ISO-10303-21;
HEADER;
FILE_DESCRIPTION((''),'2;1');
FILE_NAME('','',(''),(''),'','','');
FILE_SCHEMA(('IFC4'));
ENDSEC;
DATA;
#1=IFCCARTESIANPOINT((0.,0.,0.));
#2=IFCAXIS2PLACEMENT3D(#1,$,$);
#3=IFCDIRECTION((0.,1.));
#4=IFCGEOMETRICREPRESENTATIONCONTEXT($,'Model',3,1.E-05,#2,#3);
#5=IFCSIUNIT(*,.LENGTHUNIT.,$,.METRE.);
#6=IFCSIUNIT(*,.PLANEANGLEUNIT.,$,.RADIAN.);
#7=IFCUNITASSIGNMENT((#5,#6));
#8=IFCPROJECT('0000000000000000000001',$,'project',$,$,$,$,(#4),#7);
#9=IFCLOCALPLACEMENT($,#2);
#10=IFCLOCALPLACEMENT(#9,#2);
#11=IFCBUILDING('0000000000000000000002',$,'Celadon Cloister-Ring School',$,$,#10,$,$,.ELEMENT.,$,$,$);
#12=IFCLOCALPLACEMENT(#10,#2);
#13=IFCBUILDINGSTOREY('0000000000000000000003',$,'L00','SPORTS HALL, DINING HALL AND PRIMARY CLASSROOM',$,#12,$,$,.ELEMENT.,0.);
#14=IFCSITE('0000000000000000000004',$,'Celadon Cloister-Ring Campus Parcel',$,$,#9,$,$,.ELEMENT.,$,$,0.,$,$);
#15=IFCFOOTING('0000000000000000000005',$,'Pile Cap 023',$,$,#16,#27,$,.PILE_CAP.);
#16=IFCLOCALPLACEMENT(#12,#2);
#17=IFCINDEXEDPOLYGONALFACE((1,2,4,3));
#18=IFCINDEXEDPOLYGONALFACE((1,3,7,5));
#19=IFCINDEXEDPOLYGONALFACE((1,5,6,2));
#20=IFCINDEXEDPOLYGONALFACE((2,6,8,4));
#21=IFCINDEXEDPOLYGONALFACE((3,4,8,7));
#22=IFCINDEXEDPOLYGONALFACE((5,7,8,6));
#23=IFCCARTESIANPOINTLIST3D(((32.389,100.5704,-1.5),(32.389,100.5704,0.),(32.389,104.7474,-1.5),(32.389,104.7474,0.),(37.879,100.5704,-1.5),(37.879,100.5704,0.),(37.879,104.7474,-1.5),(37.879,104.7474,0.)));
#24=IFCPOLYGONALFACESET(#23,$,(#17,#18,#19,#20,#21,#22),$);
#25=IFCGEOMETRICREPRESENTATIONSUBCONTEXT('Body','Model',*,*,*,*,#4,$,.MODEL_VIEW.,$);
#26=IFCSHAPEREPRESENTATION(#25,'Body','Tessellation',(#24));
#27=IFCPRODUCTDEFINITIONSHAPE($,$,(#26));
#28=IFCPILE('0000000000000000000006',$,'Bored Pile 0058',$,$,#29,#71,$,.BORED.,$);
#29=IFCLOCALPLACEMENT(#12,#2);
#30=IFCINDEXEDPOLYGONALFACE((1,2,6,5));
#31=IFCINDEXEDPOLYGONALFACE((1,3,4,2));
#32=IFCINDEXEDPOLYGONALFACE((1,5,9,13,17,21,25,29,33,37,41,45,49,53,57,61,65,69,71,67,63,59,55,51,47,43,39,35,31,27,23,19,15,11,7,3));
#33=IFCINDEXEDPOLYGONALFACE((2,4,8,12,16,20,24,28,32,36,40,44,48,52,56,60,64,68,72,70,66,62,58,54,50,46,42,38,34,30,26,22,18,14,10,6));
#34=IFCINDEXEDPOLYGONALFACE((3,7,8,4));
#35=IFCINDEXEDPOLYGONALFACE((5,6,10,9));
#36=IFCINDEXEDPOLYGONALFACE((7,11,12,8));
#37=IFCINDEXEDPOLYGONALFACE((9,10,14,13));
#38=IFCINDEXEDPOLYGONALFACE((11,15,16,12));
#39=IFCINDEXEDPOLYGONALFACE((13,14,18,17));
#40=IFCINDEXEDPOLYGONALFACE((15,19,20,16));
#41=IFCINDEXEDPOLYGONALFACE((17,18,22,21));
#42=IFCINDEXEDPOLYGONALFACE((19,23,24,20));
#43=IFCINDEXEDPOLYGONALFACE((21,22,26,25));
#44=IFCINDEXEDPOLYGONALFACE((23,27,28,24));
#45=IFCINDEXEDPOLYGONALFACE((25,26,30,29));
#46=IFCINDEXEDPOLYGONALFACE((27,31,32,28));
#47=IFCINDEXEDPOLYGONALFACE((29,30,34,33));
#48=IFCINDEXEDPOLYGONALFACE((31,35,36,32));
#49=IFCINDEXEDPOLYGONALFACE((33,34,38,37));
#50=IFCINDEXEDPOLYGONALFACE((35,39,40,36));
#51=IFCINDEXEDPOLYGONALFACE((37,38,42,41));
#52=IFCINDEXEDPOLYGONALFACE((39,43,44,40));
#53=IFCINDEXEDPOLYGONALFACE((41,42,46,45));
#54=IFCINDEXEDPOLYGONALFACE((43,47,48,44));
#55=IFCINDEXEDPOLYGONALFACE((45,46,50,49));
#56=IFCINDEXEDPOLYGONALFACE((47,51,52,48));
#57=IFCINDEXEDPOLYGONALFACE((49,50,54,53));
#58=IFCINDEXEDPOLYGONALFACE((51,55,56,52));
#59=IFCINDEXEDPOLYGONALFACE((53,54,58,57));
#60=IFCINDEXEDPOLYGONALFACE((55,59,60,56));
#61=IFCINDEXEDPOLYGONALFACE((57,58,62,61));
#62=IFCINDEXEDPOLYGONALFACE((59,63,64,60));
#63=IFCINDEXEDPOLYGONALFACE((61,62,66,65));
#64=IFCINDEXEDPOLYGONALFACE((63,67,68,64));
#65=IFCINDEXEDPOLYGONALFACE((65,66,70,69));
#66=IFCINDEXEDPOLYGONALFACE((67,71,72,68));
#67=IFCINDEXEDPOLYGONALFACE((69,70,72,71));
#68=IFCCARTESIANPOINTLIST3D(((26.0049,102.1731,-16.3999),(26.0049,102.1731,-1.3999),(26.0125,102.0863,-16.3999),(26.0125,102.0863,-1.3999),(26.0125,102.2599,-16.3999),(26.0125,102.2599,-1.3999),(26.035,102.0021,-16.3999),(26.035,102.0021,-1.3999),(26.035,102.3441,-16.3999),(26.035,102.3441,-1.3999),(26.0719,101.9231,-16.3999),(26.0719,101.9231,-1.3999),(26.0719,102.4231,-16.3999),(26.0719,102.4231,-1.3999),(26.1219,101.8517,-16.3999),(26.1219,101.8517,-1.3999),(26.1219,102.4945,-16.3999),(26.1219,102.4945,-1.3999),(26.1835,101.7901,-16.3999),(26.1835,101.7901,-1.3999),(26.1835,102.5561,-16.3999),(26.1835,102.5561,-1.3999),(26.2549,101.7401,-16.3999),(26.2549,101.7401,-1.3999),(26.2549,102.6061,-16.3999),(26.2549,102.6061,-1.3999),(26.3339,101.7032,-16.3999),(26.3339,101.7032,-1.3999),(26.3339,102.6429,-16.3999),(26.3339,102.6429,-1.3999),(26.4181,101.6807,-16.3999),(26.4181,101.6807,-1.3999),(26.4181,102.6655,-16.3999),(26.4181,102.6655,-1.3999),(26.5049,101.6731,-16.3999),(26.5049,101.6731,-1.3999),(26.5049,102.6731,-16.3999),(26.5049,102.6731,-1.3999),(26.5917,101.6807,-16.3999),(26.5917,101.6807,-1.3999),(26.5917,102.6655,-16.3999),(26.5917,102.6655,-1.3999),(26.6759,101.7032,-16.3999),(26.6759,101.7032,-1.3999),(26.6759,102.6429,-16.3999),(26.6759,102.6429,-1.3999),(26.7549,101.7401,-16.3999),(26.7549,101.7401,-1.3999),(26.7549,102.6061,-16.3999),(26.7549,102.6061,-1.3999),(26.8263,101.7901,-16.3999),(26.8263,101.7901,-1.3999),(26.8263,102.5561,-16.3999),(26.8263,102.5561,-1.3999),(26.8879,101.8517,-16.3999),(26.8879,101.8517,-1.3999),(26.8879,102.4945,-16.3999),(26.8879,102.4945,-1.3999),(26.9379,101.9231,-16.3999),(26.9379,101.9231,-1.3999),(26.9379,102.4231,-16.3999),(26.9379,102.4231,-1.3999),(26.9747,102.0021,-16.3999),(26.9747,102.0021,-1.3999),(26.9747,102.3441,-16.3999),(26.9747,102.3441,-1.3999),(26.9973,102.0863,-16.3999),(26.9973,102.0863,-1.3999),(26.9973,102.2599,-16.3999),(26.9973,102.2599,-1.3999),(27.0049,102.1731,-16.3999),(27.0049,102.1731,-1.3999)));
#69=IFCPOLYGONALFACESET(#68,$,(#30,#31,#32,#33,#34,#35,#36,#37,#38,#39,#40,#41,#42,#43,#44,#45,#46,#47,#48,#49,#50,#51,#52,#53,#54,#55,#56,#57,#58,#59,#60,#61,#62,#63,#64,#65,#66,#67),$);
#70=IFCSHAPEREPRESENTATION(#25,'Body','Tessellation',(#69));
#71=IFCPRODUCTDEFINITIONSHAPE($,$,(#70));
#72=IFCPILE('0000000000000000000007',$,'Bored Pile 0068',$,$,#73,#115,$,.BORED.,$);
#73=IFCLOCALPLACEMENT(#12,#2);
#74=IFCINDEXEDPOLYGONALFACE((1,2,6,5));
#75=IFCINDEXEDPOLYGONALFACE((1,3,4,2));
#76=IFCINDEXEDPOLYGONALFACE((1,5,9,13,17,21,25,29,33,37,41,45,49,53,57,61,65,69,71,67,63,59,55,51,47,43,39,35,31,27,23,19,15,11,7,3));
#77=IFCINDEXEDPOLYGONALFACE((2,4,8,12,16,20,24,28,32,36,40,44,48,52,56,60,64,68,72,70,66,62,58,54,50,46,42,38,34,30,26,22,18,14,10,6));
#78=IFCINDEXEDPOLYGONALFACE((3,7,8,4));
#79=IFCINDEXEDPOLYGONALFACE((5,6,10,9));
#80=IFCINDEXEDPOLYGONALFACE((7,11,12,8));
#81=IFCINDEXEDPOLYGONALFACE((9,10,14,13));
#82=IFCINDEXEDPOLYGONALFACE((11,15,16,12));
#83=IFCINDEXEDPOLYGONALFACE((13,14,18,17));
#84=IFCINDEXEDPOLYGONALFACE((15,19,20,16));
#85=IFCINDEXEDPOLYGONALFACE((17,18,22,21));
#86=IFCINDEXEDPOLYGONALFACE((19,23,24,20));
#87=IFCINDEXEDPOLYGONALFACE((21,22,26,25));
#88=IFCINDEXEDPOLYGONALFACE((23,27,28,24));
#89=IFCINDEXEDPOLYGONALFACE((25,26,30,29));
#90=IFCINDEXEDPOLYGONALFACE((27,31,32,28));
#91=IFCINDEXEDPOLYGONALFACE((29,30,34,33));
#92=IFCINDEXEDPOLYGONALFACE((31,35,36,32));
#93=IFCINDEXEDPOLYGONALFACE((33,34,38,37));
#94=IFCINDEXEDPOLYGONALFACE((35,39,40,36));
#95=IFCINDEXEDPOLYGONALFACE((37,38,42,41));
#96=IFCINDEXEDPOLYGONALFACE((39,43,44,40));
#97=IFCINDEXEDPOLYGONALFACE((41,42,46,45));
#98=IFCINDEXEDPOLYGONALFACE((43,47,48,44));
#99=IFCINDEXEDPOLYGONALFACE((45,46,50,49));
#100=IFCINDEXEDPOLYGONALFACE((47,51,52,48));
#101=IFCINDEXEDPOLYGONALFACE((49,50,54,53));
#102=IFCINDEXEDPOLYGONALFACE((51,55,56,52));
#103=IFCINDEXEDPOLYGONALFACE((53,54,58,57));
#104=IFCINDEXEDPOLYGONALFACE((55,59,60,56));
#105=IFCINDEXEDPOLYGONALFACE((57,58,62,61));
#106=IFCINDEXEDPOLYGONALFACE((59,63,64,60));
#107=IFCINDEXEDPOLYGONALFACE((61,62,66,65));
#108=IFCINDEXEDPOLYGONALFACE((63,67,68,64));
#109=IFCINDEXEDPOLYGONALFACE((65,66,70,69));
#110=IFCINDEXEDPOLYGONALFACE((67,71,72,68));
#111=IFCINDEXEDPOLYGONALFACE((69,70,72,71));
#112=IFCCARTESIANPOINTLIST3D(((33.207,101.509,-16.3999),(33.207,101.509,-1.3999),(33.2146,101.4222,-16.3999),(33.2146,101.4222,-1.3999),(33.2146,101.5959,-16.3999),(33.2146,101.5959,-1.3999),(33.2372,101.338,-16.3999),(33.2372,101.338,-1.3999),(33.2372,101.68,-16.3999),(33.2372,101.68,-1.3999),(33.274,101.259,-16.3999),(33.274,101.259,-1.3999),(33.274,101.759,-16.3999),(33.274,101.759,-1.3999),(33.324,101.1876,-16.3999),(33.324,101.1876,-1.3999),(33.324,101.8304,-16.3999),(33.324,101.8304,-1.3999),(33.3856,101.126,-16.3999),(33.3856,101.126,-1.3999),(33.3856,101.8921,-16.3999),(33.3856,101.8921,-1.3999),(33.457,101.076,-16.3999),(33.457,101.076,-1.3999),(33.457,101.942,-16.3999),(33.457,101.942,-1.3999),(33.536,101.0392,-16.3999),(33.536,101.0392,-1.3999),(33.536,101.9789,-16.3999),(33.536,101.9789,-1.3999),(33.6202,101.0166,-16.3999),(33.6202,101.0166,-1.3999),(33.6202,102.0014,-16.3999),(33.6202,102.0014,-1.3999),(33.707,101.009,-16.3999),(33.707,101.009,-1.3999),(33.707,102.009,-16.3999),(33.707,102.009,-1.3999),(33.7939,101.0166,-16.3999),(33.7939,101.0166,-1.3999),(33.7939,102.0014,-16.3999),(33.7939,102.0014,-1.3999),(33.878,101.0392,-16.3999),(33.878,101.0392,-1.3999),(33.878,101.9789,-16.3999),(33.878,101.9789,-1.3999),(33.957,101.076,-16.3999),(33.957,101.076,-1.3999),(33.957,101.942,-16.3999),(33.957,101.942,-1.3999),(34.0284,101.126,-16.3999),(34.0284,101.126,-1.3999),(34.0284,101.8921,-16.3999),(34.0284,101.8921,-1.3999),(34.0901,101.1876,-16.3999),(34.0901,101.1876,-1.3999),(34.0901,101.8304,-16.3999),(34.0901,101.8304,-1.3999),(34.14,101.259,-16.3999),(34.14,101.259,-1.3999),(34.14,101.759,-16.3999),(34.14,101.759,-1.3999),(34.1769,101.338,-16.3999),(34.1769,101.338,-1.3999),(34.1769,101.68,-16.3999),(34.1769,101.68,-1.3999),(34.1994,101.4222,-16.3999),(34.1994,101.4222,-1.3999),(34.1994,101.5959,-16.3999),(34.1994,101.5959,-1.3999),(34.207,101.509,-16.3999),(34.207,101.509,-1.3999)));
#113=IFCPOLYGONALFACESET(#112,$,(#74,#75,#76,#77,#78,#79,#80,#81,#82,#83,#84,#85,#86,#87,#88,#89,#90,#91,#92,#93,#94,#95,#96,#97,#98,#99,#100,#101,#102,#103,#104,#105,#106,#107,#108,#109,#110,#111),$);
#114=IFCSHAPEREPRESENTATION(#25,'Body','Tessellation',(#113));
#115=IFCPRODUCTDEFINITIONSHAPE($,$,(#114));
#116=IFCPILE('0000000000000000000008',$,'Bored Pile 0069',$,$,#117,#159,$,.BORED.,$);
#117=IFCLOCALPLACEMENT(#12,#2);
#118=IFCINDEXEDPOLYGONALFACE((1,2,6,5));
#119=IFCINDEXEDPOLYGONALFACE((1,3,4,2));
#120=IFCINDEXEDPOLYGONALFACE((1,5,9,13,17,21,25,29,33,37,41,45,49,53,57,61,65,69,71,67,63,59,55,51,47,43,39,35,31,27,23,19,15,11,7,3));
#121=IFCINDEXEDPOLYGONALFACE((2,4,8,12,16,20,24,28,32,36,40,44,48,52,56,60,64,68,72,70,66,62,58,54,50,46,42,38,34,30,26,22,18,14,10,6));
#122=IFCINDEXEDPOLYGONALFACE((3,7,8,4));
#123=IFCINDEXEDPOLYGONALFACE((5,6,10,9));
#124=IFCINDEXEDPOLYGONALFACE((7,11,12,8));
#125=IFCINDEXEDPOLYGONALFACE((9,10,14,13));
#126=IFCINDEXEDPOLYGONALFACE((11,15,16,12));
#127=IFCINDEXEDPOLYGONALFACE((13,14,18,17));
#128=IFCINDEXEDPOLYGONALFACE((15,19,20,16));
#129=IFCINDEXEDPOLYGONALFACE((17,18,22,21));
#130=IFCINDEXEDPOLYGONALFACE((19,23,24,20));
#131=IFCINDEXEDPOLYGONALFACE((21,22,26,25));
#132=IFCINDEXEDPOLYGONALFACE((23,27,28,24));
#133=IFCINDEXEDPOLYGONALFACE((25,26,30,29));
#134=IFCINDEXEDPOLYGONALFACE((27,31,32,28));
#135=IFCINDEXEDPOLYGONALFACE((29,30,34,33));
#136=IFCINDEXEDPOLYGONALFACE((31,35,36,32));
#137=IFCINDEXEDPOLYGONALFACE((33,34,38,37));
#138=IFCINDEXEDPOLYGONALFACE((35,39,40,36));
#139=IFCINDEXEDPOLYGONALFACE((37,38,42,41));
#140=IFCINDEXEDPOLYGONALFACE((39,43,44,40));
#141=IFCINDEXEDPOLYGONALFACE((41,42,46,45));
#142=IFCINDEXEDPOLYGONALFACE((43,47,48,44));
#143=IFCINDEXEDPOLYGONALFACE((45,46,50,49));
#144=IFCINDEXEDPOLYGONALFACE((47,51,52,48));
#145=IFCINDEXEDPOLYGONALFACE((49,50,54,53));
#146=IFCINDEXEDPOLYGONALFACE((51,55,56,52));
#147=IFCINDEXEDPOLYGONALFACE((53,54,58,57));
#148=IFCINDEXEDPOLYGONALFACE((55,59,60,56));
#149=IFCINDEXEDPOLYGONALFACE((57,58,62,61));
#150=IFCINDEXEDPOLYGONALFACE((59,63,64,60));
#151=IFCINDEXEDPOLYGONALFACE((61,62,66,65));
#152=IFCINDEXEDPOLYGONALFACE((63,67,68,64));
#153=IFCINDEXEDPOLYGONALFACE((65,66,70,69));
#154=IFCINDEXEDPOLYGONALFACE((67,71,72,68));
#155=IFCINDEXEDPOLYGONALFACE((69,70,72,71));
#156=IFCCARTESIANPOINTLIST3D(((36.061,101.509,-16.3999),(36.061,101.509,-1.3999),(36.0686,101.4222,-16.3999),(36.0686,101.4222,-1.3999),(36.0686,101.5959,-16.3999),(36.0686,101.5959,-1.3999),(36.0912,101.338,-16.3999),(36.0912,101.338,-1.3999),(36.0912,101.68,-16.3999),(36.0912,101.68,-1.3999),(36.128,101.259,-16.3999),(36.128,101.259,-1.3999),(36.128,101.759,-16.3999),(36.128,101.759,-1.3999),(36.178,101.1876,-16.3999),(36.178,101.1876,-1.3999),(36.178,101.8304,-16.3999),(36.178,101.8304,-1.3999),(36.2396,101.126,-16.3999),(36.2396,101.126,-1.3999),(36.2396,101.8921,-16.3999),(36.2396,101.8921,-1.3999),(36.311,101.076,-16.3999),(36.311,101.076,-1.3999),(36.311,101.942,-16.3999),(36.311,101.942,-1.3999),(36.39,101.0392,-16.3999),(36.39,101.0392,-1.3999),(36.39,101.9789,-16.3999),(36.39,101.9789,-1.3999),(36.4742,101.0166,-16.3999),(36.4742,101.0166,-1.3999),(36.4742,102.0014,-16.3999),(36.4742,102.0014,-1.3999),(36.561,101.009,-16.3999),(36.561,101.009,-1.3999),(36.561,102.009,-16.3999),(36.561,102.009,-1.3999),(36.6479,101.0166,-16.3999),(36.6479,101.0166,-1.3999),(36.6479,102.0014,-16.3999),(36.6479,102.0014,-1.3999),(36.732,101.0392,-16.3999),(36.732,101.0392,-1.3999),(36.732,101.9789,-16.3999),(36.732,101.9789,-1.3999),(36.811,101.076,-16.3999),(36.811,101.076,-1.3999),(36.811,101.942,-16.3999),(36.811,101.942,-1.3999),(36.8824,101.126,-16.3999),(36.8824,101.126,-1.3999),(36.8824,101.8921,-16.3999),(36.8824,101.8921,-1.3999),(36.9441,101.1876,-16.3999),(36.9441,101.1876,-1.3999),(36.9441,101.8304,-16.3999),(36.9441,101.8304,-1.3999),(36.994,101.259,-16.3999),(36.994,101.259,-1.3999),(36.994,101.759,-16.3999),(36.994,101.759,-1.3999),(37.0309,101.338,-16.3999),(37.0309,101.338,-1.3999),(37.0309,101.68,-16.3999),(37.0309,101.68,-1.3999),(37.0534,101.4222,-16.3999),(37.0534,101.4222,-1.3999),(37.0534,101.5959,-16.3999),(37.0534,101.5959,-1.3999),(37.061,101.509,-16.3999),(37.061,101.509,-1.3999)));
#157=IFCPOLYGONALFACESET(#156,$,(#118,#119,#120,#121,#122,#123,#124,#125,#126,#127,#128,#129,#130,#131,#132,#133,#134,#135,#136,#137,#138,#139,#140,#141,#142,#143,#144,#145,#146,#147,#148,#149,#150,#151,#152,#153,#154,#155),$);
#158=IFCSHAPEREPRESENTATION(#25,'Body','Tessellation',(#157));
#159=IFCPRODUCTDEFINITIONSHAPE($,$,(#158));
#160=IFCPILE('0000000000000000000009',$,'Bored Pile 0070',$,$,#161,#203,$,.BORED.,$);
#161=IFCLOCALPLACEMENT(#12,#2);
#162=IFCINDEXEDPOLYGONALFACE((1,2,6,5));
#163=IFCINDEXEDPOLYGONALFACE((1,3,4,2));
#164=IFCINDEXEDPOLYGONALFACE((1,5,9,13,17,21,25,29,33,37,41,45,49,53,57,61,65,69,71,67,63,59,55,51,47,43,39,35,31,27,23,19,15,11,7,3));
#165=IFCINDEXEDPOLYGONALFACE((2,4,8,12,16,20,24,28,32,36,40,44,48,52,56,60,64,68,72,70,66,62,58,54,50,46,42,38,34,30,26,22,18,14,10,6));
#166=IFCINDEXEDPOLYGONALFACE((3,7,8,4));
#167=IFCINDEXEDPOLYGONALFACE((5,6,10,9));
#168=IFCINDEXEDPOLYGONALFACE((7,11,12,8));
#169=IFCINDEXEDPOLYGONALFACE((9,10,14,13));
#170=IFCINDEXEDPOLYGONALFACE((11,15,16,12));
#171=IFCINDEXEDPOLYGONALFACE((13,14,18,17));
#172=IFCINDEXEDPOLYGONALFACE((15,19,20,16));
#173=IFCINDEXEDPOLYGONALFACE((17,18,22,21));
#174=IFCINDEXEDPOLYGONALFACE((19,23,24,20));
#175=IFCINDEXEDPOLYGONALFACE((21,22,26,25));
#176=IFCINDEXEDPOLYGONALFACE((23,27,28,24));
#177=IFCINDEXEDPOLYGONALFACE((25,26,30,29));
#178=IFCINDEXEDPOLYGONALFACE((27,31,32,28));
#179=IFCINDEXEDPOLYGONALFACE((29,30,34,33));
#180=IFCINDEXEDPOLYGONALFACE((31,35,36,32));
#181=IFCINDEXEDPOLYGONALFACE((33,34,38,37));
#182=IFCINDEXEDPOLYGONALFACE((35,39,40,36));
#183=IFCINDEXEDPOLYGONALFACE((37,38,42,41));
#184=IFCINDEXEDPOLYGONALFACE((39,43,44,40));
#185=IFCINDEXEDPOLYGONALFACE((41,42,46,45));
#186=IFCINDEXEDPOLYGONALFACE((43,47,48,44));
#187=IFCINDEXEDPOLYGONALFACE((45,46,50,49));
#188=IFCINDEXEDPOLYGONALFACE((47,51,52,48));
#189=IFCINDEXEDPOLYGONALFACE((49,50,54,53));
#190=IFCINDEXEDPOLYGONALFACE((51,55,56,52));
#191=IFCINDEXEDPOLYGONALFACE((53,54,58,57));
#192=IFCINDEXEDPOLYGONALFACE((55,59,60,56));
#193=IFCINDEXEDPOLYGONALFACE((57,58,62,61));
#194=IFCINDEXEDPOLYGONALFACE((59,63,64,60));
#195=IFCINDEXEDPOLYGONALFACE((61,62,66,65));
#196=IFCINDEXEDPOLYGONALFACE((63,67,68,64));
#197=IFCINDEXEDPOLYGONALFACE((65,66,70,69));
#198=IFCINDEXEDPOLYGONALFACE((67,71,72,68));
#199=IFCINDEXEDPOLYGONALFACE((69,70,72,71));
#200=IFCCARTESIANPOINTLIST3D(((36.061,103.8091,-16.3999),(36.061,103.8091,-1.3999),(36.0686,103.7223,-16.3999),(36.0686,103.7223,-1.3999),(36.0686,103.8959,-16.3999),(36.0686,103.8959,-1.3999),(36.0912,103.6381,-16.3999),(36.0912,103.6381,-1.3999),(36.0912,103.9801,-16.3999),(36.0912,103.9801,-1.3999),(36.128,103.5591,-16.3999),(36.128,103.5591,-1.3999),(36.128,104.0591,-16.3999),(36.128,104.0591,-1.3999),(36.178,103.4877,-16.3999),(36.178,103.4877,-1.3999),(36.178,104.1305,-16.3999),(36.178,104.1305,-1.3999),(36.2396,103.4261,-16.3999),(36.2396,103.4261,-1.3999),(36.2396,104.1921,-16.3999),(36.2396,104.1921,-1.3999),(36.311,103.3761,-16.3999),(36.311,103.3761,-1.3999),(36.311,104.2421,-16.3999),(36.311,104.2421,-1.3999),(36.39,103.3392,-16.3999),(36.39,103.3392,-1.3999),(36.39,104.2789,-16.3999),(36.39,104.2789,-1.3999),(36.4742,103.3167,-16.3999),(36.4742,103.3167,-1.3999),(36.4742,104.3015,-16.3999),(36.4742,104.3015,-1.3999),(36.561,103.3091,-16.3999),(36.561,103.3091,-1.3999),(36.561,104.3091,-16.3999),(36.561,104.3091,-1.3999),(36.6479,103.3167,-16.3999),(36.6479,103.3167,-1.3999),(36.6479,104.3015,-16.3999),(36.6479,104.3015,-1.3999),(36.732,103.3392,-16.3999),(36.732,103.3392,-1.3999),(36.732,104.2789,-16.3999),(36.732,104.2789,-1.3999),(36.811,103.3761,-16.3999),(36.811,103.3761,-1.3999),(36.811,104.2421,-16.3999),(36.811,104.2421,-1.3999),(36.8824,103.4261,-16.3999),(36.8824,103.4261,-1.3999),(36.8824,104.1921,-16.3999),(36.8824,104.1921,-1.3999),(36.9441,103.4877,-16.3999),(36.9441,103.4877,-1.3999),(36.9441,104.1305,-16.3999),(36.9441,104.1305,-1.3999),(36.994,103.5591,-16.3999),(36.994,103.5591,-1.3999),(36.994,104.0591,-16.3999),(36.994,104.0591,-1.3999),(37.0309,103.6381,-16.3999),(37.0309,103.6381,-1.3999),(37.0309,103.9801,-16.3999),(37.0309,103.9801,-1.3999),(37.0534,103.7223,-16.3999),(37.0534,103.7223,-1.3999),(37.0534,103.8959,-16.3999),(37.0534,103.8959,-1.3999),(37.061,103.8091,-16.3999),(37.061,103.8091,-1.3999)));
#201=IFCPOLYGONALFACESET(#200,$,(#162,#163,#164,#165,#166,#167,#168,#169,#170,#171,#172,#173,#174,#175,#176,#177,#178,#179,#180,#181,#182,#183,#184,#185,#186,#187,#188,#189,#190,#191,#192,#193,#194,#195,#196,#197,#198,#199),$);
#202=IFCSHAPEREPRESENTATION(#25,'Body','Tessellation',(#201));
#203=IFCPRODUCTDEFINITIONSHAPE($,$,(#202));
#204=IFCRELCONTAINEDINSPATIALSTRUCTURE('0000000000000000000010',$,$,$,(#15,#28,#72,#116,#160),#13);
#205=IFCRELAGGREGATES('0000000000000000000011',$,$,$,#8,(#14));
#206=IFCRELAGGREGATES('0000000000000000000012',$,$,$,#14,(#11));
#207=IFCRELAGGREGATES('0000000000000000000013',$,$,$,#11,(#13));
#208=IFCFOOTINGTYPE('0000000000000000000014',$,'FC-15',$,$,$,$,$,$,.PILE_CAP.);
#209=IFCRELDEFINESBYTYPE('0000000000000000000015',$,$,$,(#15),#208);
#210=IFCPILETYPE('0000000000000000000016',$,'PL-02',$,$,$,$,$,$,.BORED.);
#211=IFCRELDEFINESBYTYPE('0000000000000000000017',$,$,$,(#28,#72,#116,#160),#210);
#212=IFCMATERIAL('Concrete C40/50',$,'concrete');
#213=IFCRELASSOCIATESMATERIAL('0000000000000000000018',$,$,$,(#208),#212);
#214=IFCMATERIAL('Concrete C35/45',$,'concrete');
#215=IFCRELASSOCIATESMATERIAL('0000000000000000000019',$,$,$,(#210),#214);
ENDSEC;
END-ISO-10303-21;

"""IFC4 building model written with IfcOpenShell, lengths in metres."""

from ifc_helpers import new_model, si_unit, direction, frame, origin, origin_2d, place, context, subcontext, project, spatial, rectangle, circle, extrude, material, material_profile, profile_set, type_object, element, save


model = new_model("IFC4")

# Units and contexts
model_context = context("Model", 3, precision=1e-05, world=origin(), true_north=direction((0.0, 1.0)))
body_context = subcontext(model_context, "Body", "Model", "MODEL_VIEW")
ifc_project = project(units=[si_unit("LENGTHUNIT", "METRE"), si_unit("PLANEANGLEUNIT", "RADIAN")], contexts=[model_context])

# Site, building, storey
site_placement = place(None, origin())
site = spatial("IfcSite", under=ifc_project, at=site_placement, Name="Celadon Cloister-Ring Campus Parcel", CompositionType="ELEMENT", RefElevation=0.0)
building_placement = place(site_placement, origin())
building = spatial("IfcBuilding", under=site, at=building_placement, Name="Celadon Cloister-Ring School", CompositionType="ELEMENT")
storey_placement = place(building_placement, origin())
storey = spatial("IfcBuildingStorey", under=building, at=storey_placement, Name="L00", Description="SPORTS HALL, DINING HALL AND PRIMARY CLASSROOM", CompositionType="ELEMENT", Elevation=0.0)

# Footing
ifc_material_1 = material(Name="Concrete C40/50", Category="concrete")
footing_type = type_object("IfcFootingType", Name="FC-15", PredefinedType="PILE_CAP", material=ifc_material_1)
footing_placement = place(storey_placement, frame((35.134, 102.6589, -1.5), z_axis=(0.0, 0.0, 1.0), x_axis=(1.0, 0.0, 0.0)))
element("IfcFooting", 1, at=footing_placement, inside=storey, type_object=footing_type, Name="Pile Cap 023", PredefinedType="PILE_CAP", context=body_context, shape_type="SweptSolid", body=[
    extrude(rectangle(XDim=5.49, YDim=4.177, at=origin_2d()), origin(), (0.0, 0.0, 1.0), 1.5),
])

# Piles
ifc_material_2 = material(Name="Concrete C35/45", Category="concrete")
ifc_material_profile_1 = material_profile(ifc_material_2, circle(Radius=0.5, at=origin_2d()), Name="PILE1000")
ifc_profile_set_1 = profile_set([ifc_material_profile_1], Name="Concrete C35/45")
pile_type = type_object("IfcPileType", Name="PL-02", PredefinedType="BORED", material=ifc_profile_set_1)
for number, where, z_axis, x_axis, name in (
    (2, (26.5049, 102.1731, -1.3999), (0.0, 0.0, -1.0), (1.0, 0.0, 0.0), "Bored Pile 0058"),
    (3, (33.707, 101.509, -1.3999), (0.0, 0.0, -1.0), (1.0, 0.0, 0.0), "Bored Pile 0068"),
    (4, (36.561, 101.509, -1.3999), (0.0, 0.0, -1.0), (1.0, 0.0, 0.0), "Bored Pile 0069"),
    (5, (36.561, 103.8091, -1.3999), (0.0, 0.0, -1.0), (1.0, 0.0, 0.0), "Bored Pile 0070"),
):
    element("IfcPile", number, at=place(storey_placement, frame(where, z_axis=z_axis, x_axis=x_axis)), inside=storey, type_object=pile_type, Name=name, PredefinedType="BORED", context=body_context, shape_type="SweptSolid", body=[
        extrude(circle(Radius=0.5, at=origin_2d()), origin(), (0.0, 0.0, 1.0), 15.0),
    ])

save(model, "model.ifc")
